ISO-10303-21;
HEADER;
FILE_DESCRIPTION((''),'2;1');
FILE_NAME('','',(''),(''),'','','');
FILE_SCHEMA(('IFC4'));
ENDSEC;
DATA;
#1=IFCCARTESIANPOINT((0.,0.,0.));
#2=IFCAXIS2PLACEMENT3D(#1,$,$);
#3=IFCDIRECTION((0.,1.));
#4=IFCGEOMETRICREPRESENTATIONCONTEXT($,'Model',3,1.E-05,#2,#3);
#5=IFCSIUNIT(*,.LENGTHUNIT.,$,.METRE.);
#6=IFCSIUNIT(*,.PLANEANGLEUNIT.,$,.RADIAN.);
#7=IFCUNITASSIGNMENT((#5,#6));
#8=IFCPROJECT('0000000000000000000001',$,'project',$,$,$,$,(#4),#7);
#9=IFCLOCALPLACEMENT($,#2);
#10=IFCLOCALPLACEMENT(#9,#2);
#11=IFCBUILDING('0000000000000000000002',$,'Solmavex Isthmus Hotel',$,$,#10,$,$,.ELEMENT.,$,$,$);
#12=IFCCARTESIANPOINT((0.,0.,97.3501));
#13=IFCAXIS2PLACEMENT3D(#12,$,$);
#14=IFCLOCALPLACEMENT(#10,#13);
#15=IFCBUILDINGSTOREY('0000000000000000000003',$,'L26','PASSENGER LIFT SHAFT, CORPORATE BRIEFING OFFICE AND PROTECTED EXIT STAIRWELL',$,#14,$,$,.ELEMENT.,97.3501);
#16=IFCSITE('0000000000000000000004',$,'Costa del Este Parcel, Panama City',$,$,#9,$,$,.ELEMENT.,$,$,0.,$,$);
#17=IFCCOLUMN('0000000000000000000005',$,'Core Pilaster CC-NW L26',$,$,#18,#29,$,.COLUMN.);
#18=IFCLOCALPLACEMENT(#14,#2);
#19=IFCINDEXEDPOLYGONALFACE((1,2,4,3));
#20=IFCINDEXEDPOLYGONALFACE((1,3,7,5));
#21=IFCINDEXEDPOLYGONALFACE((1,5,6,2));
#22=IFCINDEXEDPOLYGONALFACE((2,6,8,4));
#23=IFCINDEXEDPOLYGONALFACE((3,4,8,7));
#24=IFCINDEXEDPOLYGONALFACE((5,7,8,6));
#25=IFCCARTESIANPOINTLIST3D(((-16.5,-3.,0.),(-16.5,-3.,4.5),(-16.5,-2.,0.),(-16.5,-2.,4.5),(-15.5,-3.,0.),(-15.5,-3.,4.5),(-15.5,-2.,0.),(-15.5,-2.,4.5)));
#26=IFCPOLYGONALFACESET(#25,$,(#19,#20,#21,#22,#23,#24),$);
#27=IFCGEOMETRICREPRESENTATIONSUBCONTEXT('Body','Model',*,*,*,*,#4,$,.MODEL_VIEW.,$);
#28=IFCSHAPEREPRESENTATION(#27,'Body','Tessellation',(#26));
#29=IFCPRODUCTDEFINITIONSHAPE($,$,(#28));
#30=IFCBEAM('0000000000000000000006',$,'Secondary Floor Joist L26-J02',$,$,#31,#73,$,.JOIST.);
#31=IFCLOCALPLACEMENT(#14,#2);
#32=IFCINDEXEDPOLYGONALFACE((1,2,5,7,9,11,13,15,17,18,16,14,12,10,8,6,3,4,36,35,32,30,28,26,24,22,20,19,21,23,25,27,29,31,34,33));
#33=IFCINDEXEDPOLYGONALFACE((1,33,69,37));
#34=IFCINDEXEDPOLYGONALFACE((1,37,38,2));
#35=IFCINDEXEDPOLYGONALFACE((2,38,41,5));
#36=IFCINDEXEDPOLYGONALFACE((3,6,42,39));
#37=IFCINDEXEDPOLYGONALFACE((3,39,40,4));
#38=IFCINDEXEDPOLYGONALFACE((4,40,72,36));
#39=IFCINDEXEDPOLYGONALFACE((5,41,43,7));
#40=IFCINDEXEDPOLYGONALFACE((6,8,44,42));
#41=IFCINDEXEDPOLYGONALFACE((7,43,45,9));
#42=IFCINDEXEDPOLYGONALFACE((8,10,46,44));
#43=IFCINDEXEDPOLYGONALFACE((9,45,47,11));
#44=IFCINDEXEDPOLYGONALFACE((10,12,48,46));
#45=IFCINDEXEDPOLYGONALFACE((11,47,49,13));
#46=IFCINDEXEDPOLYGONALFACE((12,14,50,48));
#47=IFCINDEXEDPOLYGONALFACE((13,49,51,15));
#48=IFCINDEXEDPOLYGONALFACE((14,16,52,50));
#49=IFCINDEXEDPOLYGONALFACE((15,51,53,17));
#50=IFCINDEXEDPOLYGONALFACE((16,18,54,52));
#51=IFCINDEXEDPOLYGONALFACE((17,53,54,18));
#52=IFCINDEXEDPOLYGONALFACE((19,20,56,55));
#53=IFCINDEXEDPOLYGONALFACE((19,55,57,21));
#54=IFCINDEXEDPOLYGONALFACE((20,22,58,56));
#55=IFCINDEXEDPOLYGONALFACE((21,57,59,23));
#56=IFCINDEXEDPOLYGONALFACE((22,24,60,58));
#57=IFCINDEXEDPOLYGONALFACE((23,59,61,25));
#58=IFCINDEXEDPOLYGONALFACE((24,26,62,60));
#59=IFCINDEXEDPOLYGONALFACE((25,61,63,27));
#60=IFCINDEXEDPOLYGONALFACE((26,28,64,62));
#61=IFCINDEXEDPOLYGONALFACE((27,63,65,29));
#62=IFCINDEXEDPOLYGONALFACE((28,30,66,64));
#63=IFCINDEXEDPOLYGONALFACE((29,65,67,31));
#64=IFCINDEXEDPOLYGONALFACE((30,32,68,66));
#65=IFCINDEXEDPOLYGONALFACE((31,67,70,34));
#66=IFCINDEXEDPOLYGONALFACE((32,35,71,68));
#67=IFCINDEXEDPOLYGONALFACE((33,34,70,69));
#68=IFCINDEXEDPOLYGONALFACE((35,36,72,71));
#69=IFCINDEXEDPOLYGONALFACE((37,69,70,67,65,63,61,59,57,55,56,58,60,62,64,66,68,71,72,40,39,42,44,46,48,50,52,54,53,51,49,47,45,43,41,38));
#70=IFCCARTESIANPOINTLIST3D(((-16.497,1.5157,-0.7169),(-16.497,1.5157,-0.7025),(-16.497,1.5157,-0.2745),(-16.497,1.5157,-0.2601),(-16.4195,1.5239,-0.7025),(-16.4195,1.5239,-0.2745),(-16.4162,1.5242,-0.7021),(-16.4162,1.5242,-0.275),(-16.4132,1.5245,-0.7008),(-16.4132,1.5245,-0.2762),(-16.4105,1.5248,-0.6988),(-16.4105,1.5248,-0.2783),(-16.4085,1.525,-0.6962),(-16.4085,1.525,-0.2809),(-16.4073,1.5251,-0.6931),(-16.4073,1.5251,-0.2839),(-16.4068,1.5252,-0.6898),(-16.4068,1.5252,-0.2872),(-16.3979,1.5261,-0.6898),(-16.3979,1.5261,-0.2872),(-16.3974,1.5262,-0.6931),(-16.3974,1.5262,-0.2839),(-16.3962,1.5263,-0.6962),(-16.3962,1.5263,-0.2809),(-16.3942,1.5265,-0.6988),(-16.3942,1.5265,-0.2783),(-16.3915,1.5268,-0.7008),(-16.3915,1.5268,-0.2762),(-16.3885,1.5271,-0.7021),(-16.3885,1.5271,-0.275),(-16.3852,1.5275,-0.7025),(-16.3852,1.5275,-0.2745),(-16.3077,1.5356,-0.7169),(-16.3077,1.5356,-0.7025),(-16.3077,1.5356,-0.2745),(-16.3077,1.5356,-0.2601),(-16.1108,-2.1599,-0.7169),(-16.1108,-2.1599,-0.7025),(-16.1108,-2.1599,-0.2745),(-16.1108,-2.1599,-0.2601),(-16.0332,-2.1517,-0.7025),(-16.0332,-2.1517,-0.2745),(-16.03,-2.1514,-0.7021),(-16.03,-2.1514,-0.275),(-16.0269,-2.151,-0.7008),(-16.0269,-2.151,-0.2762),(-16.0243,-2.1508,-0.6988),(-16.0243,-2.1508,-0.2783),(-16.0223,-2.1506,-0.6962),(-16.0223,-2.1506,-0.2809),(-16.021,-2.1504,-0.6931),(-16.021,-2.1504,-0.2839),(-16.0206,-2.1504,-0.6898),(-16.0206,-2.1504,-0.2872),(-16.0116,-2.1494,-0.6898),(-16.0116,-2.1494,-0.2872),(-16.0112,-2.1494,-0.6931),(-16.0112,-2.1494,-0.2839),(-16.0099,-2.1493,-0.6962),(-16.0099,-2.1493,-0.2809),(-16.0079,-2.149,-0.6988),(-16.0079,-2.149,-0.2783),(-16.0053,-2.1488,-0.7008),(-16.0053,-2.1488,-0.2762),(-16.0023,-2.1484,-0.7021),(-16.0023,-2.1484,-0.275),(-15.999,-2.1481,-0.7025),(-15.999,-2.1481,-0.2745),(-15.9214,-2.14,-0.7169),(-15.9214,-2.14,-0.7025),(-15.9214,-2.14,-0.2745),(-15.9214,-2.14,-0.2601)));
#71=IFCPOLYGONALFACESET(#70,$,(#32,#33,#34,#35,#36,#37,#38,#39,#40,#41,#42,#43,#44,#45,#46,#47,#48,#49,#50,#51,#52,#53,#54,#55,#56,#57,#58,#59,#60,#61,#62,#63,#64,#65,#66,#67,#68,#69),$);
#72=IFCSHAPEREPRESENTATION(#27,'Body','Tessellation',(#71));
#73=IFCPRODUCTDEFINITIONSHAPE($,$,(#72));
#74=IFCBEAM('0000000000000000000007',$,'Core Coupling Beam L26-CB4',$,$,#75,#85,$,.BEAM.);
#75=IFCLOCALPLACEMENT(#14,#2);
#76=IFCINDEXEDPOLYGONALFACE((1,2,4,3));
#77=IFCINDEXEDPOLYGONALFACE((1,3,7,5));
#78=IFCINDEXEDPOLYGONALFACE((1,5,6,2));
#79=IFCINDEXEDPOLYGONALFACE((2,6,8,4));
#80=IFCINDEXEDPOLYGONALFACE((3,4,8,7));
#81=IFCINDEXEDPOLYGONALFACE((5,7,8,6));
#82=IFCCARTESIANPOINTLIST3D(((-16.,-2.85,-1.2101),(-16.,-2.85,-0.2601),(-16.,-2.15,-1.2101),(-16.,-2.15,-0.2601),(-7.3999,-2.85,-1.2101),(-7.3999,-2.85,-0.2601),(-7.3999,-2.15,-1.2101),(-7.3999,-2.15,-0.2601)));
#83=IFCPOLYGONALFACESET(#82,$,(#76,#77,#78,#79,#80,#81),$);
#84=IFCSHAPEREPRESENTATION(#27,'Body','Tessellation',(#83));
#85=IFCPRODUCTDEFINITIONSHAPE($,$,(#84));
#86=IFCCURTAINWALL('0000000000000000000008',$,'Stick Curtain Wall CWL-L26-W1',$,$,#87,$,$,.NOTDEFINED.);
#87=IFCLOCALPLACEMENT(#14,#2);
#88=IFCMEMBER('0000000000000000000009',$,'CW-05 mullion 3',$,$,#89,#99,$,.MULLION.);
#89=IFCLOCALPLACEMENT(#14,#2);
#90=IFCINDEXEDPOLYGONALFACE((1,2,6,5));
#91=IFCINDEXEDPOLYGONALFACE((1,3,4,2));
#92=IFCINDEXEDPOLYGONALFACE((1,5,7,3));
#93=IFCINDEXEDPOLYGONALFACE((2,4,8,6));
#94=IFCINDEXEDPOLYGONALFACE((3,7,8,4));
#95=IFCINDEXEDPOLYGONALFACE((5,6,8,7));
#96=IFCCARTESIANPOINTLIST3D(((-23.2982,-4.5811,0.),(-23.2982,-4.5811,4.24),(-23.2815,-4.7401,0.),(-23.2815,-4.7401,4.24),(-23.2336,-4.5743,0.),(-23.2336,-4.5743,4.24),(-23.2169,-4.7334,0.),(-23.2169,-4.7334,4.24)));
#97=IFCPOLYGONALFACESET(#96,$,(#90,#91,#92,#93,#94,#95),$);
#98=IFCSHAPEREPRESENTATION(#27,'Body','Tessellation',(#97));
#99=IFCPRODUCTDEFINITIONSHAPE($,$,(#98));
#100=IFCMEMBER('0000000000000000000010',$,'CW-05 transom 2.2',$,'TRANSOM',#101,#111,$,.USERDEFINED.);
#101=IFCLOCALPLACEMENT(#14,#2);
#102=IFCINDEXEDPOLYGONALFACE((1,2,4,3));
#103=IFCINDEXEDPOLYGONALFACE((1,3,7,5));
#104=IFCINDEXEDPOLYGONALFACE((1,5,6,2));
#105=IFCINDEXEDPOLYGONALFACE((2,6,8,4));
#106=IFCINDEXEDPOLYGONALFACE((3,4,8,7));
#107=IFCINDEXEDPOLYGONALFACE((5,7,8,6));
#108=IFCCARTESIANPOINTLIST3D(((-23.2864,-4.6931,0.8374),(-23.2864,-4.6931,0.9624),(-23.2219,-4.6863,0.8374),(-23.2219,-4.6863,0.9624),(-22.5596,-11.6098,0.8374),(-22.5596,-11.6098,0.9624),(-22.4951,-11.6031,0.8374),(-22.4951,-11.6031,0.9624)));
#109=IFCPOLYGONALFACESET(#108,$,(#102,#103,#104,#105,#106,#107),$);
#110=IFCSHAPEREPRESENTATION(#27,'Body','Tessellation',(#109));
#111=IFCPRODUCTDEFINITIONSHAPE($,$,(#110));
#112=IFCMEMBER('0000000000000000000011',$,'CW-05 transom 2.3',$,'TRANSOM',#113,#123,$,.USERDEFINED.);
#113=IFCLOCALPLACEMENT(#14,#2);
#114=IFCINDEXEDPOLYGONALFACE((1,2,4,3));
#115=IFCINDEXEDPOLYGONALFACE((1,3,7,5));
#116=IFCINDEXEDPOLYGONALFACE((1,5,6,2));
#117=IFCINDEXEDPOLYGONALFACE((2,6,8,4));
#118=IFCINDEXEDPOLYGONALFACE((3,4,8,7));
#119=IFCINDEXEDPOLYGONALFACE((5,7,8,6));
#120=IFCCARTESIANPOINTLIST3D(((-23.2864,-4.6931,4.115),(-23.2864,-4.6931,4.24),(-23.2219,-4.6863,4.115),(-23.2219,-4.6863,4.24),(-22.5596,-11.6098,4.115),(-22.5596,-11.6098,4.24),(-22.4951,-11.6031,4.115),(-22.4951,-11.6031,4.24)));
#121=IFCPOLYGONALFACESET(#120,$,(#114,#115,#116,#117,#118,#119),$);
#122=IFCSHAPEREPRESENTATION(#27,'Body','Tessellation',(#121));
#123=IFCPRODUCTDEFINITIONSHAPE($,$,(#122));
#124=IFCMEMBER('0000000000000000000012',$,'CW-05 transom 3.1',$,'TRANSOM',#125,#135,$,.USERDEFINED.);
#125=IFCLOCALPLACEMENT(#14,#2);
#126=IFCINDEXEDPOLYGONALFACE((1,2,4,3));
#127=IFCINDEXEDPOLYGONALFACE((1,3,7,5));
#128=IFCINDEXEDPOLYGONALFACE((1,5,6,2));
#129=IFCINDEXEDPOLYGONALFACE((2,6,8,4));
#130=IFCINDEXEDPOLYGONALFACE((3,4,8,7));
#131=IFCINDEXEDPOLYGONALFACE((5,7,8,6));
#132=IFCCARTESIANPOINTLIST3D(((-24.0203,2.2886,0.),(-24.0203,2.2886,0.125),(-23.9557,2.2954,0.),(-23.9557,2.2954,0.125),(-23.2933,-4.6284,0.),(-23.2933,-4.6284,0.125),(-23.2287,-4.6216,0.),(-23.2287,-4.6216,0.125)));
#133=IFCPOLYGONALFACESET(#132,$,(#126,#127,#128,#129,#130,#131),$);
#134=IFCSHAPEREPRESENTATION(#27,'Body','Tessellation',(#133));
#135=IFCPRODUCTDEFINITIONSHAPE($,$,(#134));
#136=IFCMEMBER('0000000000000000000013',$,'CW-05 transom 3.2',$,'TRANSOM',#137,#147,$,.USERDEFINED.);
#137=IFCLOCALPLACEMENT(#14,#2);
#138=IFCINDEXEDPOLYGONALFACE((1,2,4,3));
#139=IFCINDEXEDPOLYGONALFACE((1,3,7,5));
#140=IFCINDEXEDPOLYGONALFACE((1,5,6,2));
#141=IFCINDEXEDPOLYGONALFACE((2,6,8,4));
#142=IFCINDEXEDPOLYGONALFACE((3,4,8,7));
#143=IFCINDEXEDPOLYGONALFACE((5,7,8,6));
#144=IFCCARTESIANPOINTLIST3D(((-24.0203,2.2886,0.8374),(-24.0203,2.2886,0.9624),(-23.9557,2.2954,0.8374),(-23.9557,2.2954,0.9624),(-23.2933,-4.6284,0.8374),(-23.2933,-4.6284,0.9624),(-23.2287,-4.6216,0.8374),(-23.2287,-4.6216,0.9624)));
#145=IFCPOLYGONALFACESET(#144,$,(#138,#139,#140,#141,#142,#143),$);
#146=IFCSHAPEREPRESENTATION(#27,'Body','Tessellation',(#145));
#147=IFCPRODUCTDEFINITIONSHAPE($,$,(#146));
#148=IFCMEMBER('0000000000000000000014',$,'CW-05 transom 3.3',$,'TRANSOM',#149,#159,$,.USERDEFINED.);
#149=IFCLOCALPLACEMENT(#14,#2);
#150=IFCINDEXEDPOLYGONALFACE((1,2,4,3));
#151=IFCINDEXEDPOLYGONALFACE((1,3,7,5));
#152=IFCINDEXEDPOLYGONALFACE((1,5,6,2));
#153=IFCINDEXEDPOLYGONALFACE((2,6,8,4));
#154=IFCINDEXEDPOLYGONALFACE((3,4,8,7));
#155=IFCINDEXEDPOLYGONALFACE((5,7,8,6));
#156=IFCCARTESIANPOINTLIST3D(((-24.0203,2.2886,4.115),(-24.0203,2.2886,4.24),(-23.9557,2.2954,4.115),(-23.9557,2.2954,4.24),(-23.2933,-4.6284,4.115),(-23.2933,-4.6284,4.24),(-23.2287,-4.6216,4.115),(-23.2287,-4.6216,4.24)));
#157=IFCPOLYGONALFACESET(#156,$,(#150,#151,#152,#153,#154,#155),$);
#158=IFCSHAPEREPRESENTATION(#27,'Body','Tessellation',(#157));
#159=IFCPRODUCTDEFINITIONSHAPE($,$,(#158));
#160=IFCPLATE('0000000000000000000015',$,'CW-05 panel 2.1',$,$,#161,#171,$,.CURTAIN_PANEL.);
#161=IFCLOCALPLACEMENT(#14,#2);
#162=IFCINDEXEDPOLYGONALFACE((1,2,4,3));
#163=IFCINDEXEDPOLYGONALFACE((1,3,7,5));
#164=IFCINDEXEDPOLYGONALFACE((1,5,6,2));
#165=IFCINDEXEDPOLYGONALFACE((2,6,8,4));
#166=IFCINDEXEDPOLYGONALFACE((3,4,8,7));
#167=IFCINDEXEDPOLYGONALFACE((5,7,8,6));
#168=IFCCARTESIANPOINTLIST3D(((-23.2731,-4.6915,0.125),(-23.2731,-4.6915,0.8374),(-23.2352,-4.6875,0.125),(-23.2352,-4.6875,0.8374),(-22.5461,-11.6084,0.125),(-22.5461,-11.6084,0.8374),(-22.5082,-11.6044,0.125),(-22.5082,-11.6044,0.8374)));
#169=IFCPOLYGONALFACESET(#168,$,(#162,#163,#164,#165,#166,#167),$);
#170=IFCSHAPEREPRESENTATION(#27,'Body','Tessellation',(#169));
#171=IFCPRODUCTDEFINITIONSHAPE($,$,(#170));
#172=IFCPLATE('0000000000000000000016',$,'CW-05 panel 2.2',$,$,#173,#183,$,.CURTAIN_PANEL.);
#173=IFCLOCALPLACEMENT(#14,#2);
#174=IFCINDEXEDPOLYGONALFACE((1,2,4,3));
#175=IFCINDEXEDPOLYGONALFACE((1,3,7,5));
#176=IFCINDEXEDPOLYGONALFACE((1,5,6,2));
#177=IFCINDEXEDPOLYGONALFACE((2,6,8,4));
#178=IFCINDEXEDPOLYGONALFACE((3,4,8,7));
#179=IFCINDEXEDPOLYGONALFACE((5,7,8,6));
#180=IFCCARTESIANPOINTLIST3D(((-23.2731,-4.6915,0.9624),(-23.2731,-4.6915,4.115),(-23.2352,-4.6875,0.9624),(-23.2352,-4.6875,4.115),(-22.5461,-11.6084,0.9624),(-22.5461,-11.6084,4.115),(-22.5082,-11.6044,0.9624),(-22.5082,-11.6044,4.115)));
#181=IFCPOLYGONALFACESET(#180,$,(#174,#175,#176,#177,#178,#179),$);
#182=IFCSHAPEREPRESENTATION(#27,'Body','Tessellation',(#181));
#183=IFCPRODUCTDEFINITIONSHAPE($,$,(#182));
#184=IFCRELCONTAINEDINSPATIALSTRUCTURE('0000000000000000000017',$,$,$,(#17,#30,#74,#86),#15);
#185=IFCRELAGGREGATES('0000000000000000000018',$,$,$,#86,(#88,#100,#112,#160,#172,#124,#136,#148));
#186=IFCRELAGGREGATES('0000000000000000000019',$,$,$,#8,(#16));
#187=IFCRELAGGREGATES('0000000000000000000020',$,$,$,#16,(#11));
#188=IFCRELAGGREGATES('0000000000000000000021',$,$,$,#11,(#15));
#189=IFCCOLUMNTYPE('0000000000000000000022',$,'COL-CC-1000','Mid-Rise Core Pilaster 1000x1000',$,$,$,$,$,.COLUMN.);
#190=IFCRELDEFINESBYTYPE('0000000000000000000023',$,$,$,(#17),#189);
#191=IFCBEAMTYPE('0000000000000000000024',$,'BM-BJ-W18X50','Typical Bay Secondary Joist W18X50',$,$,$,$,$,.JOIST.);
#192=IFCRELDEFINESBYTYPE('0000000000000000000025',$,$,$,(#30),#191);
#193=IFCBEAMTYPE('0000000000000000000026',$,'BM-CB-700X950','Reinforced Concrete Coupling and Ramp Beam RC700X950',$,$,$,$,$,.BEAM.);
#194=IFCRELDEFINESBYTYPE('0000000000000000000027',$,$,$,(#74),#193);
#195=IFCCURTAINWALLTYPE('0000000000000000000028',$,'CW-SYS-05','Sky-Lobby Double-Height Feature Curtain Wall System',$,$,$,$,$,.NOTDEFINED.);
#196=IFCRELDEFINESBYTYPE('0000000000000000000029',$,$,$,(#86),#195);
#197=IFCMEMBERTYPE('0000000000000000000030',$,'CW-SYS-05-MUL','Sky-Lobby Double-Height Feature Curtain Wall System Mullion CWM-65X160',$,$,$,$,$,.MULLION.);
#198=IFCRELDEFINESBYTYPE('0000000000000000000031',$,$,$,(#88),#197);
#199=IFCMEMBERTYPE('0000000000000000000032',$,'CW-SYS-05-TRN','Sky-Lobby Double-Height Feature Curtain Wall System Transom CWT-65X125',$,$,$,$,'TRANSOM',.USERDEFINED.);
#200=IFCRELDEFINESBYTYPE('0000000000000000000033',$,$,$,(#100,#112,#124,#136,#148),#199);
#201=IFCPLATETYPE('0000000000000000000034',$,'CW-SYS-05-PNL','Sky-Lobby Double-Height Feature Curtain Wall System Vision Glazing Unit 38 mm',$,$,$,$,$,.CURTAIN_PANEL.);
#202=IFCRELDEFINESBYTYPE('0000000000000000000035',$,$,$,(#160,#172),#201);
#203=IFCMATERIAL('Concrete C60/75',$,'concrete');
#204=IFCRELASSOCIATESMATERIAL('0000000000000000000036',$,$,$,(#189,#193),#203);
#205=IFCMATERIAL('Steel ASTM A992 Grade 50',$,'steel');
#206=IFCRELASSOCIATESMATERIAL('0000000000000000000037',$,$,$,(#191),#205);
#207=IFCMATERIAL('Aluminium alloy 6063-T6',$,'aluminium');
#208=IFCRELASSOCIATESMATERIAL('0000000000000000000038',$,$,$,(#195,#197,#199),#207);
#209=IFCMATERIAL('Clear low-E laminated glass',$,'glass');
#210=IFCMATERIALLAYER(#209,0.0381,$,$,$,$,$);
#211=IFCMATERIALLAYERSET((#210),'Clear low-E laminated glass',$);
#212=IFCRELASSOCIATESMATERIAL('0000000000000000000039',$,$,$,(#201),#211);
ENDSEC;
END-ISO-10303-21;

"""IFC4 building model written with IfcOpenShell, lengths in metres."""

from ifc_helpers import new_model, si_unit, direction, frame, origin, origin_2d, place, context, subcontext, project, spatial, rectangle, i_section, extrude, material, layer, layer_set, material_profile, profile_set, type_object, element, aggregate, save


model = new_model("IFC4")

# Units and contexts
model_context = context("Model", 3, precision=1e-05, world=origin(), true_north=direction((0.0, 1.0)))
body_context = subcontext(model_context, "Body", "Model", "MODEL_VIEW")
ifc_project = project(units=[si_unit("LENGTHUNIT", "METRE"), si_unit("PLANEANGLEUNIT", "RADIAN")], contexts=[model_context])

# Site, building, storey
site_placement = place(None, origin())
site = spatial("IfcSite", under=ifc_project, at=site_placement, Name="Costa del Este Parcel, Panama City", CompositionType="ELEMENT", RefElevation=0.0)
building_placement = place(site_placement, origin())
building = spatial("IfcBuilding", under=site, at=building_placement, Name="Solmavex Isthmus Hotel", CompositionType="ELEMENT")
storey_placement = place(building_placement, frame((0.0, 0.0, 97.3501)))
storey = spatial("IfcBuildingStorey", under=building, at=storey_placement, Name="L26", Description="PASSENGER LIFT SHAFT, CORPORATE BRIEFING OFFICE AND PROTECTED EXIT STAIRWELL", CompositionType="ELEMENT", Elevation=97.3501)

# Column
ifc_material_1 = material(Name="Concrete C60/75", Category="concrete")
ifc_material_profile_1 = material_profile(ifc_material_1, rectangle(XDim=1.0, YDim=1.0, at=origin_2d()), Name="RC1000X1000")
ifc_profile_set_1 = profile_set([ifc_material_profile_1], Name="Concrete C60/75")
column_type = type_object("IfcColumnType", Name="COL-CC-1000", Description="Mid-Rise Core Pilaster 1000x1000", PredefinedType="COLUMN", material=ifc_profile_set_1)
column_placement = place(storey_placement, frame((-16.0, -2.5, 0.0), z_axis=(0.0, 0.0, 1.0), x_axis=(1.0, 0.0, 0.0)))
element("IfcColumn", 1, at=column_placement, inside=storey, type_object=column_type, Name="Core Pilaster CC-NW L26", PredefinedType="COLUMN", context=body_context, shape_type="SweptSolid", body=[
    extrude(rectangle(XDim=1.0, YDim=1.0, at=origin_2d()), origin(), (0.0, 0.0, 1.0), 4.5),
])

# Beams
ifc_material_2 = material(Name="Steel ASTM A992 Grade 50", Category="steel")
ifc_material_profile_2 = material_profile(ifc_material_2, i_section(OverallWidth=0.1904, OverallDepth=0.4568, WebThickness=0.009, FlangeThickness=0.0144, FilletRadius=0.0127, at=origin_2d()), Name="W18X50")
ifc_profile_set_2 = profile_set([ifc_material_profile_2], Name="Steel ASTM A992 Grade 50")
beam_type_1 = type_object("IfcBeamType", Name="BM-BJ-W18X50", Description="Typical Bay Secondary Joist W18X50", PredefinedType="JOIST", material=ifc_profile_set_2)
beam_1_placement = place(storey_placement, frame((-16.0161, -2.1499, -0.4885), z_axis=(-0.104506, 0.994524, 0.0), x_axis=(-0.994524, -0.104506, 0.0)))
element("IfcBeam", 2, at=beam_1_placement, inside=storey, type_object=beam_type_1, Name="Secondary Floor Joist L26-J02", PredefinedType="JOIST", context=body_context, shape_type="SweptSolid", body=[
    extrude(i_section(OverallWidth=0.1904, OverallDepth=0.4568, WebThickness=0.009, FlangeThickness=0.0144, FilletRadius=0.0127, at=origin_2d()), origin(), (0.0, 0.0, 1.0), 3.6958),
])
ifc_material_profile_3 = material_profile(ifc_material_1, rectangle(XDim=0.7, YDim=0.95, at=origin_2d()), Name="RC700X950")
ifc_profile_set_3 = profile_set([ifc_material_profile_3], Name="Concrete C60/75")
beam_type_2 = type_object("IfcBeamType", Name="BM-CB-700X950", Description="Reinforced Concrete Coupling and Ramp Beam RC700X950", PredefinedType="BEAM", material=ifc_profile_set_3)
beam_2_placement = place(storey_placement, frame((-16.0, -2.5, -0.7351), z_axis=(1.0, 0.0, 0.0), x_axis=(0.0, 1.0, 0.0)))
element("IfcBeam", 3, at=beam_2_placement, inside=storey, type_object=beam_type_2, Name="Core Coupling Beam L26-CB4", PredefinedType="BEAM", context=body_context, shape_type="SweptSolid", body=[
    extrude(rectangle(XDim=0.7, YDim=0.95, at=origin_2d()), origin(), (0.0, 0.0, 1.0), 8.6001),
])

# Curtain wall, members, plates
ifc_material_3 = material(Name="Aluminium alloy 6063-T6", Category="aluminium")
curtain_wall_type = type_object("IfcCurtainWallType", Name="CW-SYS-05", Description="Sky-Lobby Double-Height Feature Curtain Wall System", PredefinedType="NOTDEFINED", material=ifc_material_3)
curtain_wall_placement = place(storey_placement, origin())
curtain_wall = element("IfcCurtainWall", 4, at=curtain_wall_placement, inside=storey, type_object=curtain_wall_type, Name="Stick Curtain Wall CWL-L26-W1", PredefinedType="NOTDEFINED")
ifc_material_profile_4 = material_profile(ifc_material_3, rectangle(XDim=0.0649, YDim=0.1599, at=origin_2d()), Name="CWM-65X160")
ifc_profile_set_4 = profile_set([ifc_material_profile_4], Name="Aluminium alloy 6063-T6")
member_type_1 = type_object("IfcMemberType", Name="CW-SYS-05-MUL", Description="Sky-Lobby Double-Height Feature Curtain Wall System Mullion CWM-65X160", PredefinedType="MULLION", material=ifc_profile_set_4)
member_1_placement = place(storey_placement, frame((-23.2576, -4.6572, 0.0), z_axis=(0.0, 0.0, 1.0), x_axis=(-0.994522, -0.104528, 0.0)))
member_1 = element("IfcMember", 5, at=member_1_placement, type_object=member_type_1, Name="CW-05 mullion 3", PredefinedType="MULLION", context=body_context, shape_type="SweptSolid", body=[
    extrude(rectangle(XDim=0.0649, YDim=0.1599, at=origin_2d()), origin(), (0.0, 0.0, 1.0), 4.24),
])
ifc_material_profile_5 = material_profile(ifc_material_3, rectangle(XDim=0.0649, YDim=0.125, at=origin_2d()), Name="CWT-65X125")
ifc_profile_set_5 = profile_set([ifc_material_profile_5], Name="Aluminium alloy 6063-T6")
member_type_2 = type_object("IfcMemberType", Name="CW-SYS-05-TRN", Description="Sky-Lobby Double-Height Feature Curtain Wall System Transom CWT-65X125", ElementType="TRANSOM", PredefinedType="USERDEFINED", material=ifc_profile_set_5)
member_2_placement = place(storey_placement, frame((-22.5273, -11.6064, 0.8999), z_axis=(-0.104504, 0.994524, 0.0), x_axis=(-0.994524, -0.104504, 0.0)))
member_2 = element("IfcMember", 6, at=member_2_placement, type_object=member_type_2, Name="CW-05 transom 2.2", ObjectType="TRANSOM", PredefinedType="USERDEFINED", context=body_context, shape_type="SweptSolid", body=[
    extrude(rectangle(XDim=0.0649, YDim=0.125, at=origin_2d()), origin(), (0.0, 0.0, 1.0), 6.9548),
])
member_3_placement = place(storey_placement, frame((-22.5273, -11.6064, 4.1775), z_axis=(-0.104504, 0.994524, 0.0), x_axis=(-0.994524, -0.104504, 0.0)))
member_3 = element("IfcMember", 7, at=member_3_placement, type_object=member_type_2, Name="CW-05 transom 2.3", ObjectType="TRANSOM", PredefinedType="USERDEFINED", context=body_context, shape_type="SweptSolid", body=[
    extrude(rectangle(XDim=0.0649, YDim=0.125, at=origin_2d()), origin(), (0.0, 0.0, 1.0), 6.9548),
])
member_4_placement = place(storey_placement, frame((-23.261, -4.625, 0.0625), z_axis=(-0.104535, 0.994521, 0.0), x_axis=(-0.994521, -0.104535, 0.0)))
member_4 = element("IfcMember", 8, at=member_4_placement, type_object=member_type_2, Name="CW-05 transom 3.1", ObjectType="TRANSOM", PredefinedType="USERDEFINED", context=body_context, shape_type="SweptSolid", body=[
    extrude(rectangle(XDim=0.0649, YDim=0.125, at=origin_2d()), origin(), (0.0, 0.0, 1.0), 6.9551),
])
member_5_placement = place(storey_placement, frame((-23.261, -4.625, 0.8999), z_axis=(-0.104535, 0.994521, 0.0), x_axis=(-0.994521, -0.104535, 0.0)))
member_5 = element("IfcMember", 9, at=member_5_placement, type_object=member_type_2, Name="CW-05 transom 3.2", ObjectType="TRANSOM", PredefinedType="USERDEFINED", context=body_context, shape_type="SweptSolid", body=[
    extrude(rectangle(XDim=0.0649, YDim=0.125, at=origin_2d()), origin(), (0.0, 0.0, 1.0), 6.9551),
])
member_6_placement = place(storey_placement, frame((-23.261, -4.625, 4.1775), z_axis=(-0.104535, 0.994521, 0.0), x_axis=(-0.994521, -0.104535, 0.0)))
member_6 = element("IfcMember", 10, at=member_6_placement, type_object=member_type_2, Name="CW-05 transom 3.3", ObjectType="TRANSOM", PredefinedType="USERDEFINED", context=body_context, shape_type="SweptSolid", body=[
    extrude(rectangle(XDim=0.0649, YDim=0.125, at=origin_2d()), origin(), (0.0, 0.0, 1.0), 6.9551),
])
ifc_material_4 = material(Name="Clear low-E laminated glass", Category="glass")
ifc_layer_1 = layer(ifc_material_4, 0.0381)
ifc_layer_set_1 = layer_set([ifc_layer_1], Name="Clear low-E laminated glass")
plate_type = type_object("IfcPlateType", Name="CW-SYS-05-PNL", Description="Sky-Lobby Double-Height Feature Curtain Wall System Vision Glazing Unit 38 mm", PredefinedType="CURTAIN_PANEL", material=ifc_layer_set_1)
plate_1_placement = place(storey_placement, frame((-22.8906, -8.1479, 0.125), z_axis=(0.0, 0.0, 1.0), x_axis=(-0.104528, 0.994522, 0.0)))
plate_1 = element("IfcPlate", 11, at=plate_1_placement, type_object=plate_type, Name="CW-05 panel 2.1", PredefinedType="CURTAIN_PANEL", context=body_context, shape_type="SweptSolid", body=[
    extrude(rectangle(XDim=6.9551, YDim=0.0381, at=origin_2d()), origin(), (0.0, 0.0, 1.0), 0.7124),
])
plate_2_placement = place(storey_placement, frame((-22.8906, -8.1479, 0.9624), z_axis=(0.0, 0.0, 1.0), x_axis=(-0.104528, 0.994522, 0.0)))
plate_2 = element("IfcPlate", 12, at=plate_2_placement, type_object=plate_type, Name="CW-05 panel 2.2", PredefinedType="CURTAIN_PANEL", context=body_context, shape_type="SweptSolid", body=[
    extrude(rectangle(XDim=6.9551, YDim=0.0381, at=origin_2d()), origin(), (0.0, 0.0, 1.0), 3.1526),
])
aggregate(curtain_wall, [member_1, member_2, member_3, plate_1, plate_2, member_4, member_5, member_6])

save(model, "model.ifc")
